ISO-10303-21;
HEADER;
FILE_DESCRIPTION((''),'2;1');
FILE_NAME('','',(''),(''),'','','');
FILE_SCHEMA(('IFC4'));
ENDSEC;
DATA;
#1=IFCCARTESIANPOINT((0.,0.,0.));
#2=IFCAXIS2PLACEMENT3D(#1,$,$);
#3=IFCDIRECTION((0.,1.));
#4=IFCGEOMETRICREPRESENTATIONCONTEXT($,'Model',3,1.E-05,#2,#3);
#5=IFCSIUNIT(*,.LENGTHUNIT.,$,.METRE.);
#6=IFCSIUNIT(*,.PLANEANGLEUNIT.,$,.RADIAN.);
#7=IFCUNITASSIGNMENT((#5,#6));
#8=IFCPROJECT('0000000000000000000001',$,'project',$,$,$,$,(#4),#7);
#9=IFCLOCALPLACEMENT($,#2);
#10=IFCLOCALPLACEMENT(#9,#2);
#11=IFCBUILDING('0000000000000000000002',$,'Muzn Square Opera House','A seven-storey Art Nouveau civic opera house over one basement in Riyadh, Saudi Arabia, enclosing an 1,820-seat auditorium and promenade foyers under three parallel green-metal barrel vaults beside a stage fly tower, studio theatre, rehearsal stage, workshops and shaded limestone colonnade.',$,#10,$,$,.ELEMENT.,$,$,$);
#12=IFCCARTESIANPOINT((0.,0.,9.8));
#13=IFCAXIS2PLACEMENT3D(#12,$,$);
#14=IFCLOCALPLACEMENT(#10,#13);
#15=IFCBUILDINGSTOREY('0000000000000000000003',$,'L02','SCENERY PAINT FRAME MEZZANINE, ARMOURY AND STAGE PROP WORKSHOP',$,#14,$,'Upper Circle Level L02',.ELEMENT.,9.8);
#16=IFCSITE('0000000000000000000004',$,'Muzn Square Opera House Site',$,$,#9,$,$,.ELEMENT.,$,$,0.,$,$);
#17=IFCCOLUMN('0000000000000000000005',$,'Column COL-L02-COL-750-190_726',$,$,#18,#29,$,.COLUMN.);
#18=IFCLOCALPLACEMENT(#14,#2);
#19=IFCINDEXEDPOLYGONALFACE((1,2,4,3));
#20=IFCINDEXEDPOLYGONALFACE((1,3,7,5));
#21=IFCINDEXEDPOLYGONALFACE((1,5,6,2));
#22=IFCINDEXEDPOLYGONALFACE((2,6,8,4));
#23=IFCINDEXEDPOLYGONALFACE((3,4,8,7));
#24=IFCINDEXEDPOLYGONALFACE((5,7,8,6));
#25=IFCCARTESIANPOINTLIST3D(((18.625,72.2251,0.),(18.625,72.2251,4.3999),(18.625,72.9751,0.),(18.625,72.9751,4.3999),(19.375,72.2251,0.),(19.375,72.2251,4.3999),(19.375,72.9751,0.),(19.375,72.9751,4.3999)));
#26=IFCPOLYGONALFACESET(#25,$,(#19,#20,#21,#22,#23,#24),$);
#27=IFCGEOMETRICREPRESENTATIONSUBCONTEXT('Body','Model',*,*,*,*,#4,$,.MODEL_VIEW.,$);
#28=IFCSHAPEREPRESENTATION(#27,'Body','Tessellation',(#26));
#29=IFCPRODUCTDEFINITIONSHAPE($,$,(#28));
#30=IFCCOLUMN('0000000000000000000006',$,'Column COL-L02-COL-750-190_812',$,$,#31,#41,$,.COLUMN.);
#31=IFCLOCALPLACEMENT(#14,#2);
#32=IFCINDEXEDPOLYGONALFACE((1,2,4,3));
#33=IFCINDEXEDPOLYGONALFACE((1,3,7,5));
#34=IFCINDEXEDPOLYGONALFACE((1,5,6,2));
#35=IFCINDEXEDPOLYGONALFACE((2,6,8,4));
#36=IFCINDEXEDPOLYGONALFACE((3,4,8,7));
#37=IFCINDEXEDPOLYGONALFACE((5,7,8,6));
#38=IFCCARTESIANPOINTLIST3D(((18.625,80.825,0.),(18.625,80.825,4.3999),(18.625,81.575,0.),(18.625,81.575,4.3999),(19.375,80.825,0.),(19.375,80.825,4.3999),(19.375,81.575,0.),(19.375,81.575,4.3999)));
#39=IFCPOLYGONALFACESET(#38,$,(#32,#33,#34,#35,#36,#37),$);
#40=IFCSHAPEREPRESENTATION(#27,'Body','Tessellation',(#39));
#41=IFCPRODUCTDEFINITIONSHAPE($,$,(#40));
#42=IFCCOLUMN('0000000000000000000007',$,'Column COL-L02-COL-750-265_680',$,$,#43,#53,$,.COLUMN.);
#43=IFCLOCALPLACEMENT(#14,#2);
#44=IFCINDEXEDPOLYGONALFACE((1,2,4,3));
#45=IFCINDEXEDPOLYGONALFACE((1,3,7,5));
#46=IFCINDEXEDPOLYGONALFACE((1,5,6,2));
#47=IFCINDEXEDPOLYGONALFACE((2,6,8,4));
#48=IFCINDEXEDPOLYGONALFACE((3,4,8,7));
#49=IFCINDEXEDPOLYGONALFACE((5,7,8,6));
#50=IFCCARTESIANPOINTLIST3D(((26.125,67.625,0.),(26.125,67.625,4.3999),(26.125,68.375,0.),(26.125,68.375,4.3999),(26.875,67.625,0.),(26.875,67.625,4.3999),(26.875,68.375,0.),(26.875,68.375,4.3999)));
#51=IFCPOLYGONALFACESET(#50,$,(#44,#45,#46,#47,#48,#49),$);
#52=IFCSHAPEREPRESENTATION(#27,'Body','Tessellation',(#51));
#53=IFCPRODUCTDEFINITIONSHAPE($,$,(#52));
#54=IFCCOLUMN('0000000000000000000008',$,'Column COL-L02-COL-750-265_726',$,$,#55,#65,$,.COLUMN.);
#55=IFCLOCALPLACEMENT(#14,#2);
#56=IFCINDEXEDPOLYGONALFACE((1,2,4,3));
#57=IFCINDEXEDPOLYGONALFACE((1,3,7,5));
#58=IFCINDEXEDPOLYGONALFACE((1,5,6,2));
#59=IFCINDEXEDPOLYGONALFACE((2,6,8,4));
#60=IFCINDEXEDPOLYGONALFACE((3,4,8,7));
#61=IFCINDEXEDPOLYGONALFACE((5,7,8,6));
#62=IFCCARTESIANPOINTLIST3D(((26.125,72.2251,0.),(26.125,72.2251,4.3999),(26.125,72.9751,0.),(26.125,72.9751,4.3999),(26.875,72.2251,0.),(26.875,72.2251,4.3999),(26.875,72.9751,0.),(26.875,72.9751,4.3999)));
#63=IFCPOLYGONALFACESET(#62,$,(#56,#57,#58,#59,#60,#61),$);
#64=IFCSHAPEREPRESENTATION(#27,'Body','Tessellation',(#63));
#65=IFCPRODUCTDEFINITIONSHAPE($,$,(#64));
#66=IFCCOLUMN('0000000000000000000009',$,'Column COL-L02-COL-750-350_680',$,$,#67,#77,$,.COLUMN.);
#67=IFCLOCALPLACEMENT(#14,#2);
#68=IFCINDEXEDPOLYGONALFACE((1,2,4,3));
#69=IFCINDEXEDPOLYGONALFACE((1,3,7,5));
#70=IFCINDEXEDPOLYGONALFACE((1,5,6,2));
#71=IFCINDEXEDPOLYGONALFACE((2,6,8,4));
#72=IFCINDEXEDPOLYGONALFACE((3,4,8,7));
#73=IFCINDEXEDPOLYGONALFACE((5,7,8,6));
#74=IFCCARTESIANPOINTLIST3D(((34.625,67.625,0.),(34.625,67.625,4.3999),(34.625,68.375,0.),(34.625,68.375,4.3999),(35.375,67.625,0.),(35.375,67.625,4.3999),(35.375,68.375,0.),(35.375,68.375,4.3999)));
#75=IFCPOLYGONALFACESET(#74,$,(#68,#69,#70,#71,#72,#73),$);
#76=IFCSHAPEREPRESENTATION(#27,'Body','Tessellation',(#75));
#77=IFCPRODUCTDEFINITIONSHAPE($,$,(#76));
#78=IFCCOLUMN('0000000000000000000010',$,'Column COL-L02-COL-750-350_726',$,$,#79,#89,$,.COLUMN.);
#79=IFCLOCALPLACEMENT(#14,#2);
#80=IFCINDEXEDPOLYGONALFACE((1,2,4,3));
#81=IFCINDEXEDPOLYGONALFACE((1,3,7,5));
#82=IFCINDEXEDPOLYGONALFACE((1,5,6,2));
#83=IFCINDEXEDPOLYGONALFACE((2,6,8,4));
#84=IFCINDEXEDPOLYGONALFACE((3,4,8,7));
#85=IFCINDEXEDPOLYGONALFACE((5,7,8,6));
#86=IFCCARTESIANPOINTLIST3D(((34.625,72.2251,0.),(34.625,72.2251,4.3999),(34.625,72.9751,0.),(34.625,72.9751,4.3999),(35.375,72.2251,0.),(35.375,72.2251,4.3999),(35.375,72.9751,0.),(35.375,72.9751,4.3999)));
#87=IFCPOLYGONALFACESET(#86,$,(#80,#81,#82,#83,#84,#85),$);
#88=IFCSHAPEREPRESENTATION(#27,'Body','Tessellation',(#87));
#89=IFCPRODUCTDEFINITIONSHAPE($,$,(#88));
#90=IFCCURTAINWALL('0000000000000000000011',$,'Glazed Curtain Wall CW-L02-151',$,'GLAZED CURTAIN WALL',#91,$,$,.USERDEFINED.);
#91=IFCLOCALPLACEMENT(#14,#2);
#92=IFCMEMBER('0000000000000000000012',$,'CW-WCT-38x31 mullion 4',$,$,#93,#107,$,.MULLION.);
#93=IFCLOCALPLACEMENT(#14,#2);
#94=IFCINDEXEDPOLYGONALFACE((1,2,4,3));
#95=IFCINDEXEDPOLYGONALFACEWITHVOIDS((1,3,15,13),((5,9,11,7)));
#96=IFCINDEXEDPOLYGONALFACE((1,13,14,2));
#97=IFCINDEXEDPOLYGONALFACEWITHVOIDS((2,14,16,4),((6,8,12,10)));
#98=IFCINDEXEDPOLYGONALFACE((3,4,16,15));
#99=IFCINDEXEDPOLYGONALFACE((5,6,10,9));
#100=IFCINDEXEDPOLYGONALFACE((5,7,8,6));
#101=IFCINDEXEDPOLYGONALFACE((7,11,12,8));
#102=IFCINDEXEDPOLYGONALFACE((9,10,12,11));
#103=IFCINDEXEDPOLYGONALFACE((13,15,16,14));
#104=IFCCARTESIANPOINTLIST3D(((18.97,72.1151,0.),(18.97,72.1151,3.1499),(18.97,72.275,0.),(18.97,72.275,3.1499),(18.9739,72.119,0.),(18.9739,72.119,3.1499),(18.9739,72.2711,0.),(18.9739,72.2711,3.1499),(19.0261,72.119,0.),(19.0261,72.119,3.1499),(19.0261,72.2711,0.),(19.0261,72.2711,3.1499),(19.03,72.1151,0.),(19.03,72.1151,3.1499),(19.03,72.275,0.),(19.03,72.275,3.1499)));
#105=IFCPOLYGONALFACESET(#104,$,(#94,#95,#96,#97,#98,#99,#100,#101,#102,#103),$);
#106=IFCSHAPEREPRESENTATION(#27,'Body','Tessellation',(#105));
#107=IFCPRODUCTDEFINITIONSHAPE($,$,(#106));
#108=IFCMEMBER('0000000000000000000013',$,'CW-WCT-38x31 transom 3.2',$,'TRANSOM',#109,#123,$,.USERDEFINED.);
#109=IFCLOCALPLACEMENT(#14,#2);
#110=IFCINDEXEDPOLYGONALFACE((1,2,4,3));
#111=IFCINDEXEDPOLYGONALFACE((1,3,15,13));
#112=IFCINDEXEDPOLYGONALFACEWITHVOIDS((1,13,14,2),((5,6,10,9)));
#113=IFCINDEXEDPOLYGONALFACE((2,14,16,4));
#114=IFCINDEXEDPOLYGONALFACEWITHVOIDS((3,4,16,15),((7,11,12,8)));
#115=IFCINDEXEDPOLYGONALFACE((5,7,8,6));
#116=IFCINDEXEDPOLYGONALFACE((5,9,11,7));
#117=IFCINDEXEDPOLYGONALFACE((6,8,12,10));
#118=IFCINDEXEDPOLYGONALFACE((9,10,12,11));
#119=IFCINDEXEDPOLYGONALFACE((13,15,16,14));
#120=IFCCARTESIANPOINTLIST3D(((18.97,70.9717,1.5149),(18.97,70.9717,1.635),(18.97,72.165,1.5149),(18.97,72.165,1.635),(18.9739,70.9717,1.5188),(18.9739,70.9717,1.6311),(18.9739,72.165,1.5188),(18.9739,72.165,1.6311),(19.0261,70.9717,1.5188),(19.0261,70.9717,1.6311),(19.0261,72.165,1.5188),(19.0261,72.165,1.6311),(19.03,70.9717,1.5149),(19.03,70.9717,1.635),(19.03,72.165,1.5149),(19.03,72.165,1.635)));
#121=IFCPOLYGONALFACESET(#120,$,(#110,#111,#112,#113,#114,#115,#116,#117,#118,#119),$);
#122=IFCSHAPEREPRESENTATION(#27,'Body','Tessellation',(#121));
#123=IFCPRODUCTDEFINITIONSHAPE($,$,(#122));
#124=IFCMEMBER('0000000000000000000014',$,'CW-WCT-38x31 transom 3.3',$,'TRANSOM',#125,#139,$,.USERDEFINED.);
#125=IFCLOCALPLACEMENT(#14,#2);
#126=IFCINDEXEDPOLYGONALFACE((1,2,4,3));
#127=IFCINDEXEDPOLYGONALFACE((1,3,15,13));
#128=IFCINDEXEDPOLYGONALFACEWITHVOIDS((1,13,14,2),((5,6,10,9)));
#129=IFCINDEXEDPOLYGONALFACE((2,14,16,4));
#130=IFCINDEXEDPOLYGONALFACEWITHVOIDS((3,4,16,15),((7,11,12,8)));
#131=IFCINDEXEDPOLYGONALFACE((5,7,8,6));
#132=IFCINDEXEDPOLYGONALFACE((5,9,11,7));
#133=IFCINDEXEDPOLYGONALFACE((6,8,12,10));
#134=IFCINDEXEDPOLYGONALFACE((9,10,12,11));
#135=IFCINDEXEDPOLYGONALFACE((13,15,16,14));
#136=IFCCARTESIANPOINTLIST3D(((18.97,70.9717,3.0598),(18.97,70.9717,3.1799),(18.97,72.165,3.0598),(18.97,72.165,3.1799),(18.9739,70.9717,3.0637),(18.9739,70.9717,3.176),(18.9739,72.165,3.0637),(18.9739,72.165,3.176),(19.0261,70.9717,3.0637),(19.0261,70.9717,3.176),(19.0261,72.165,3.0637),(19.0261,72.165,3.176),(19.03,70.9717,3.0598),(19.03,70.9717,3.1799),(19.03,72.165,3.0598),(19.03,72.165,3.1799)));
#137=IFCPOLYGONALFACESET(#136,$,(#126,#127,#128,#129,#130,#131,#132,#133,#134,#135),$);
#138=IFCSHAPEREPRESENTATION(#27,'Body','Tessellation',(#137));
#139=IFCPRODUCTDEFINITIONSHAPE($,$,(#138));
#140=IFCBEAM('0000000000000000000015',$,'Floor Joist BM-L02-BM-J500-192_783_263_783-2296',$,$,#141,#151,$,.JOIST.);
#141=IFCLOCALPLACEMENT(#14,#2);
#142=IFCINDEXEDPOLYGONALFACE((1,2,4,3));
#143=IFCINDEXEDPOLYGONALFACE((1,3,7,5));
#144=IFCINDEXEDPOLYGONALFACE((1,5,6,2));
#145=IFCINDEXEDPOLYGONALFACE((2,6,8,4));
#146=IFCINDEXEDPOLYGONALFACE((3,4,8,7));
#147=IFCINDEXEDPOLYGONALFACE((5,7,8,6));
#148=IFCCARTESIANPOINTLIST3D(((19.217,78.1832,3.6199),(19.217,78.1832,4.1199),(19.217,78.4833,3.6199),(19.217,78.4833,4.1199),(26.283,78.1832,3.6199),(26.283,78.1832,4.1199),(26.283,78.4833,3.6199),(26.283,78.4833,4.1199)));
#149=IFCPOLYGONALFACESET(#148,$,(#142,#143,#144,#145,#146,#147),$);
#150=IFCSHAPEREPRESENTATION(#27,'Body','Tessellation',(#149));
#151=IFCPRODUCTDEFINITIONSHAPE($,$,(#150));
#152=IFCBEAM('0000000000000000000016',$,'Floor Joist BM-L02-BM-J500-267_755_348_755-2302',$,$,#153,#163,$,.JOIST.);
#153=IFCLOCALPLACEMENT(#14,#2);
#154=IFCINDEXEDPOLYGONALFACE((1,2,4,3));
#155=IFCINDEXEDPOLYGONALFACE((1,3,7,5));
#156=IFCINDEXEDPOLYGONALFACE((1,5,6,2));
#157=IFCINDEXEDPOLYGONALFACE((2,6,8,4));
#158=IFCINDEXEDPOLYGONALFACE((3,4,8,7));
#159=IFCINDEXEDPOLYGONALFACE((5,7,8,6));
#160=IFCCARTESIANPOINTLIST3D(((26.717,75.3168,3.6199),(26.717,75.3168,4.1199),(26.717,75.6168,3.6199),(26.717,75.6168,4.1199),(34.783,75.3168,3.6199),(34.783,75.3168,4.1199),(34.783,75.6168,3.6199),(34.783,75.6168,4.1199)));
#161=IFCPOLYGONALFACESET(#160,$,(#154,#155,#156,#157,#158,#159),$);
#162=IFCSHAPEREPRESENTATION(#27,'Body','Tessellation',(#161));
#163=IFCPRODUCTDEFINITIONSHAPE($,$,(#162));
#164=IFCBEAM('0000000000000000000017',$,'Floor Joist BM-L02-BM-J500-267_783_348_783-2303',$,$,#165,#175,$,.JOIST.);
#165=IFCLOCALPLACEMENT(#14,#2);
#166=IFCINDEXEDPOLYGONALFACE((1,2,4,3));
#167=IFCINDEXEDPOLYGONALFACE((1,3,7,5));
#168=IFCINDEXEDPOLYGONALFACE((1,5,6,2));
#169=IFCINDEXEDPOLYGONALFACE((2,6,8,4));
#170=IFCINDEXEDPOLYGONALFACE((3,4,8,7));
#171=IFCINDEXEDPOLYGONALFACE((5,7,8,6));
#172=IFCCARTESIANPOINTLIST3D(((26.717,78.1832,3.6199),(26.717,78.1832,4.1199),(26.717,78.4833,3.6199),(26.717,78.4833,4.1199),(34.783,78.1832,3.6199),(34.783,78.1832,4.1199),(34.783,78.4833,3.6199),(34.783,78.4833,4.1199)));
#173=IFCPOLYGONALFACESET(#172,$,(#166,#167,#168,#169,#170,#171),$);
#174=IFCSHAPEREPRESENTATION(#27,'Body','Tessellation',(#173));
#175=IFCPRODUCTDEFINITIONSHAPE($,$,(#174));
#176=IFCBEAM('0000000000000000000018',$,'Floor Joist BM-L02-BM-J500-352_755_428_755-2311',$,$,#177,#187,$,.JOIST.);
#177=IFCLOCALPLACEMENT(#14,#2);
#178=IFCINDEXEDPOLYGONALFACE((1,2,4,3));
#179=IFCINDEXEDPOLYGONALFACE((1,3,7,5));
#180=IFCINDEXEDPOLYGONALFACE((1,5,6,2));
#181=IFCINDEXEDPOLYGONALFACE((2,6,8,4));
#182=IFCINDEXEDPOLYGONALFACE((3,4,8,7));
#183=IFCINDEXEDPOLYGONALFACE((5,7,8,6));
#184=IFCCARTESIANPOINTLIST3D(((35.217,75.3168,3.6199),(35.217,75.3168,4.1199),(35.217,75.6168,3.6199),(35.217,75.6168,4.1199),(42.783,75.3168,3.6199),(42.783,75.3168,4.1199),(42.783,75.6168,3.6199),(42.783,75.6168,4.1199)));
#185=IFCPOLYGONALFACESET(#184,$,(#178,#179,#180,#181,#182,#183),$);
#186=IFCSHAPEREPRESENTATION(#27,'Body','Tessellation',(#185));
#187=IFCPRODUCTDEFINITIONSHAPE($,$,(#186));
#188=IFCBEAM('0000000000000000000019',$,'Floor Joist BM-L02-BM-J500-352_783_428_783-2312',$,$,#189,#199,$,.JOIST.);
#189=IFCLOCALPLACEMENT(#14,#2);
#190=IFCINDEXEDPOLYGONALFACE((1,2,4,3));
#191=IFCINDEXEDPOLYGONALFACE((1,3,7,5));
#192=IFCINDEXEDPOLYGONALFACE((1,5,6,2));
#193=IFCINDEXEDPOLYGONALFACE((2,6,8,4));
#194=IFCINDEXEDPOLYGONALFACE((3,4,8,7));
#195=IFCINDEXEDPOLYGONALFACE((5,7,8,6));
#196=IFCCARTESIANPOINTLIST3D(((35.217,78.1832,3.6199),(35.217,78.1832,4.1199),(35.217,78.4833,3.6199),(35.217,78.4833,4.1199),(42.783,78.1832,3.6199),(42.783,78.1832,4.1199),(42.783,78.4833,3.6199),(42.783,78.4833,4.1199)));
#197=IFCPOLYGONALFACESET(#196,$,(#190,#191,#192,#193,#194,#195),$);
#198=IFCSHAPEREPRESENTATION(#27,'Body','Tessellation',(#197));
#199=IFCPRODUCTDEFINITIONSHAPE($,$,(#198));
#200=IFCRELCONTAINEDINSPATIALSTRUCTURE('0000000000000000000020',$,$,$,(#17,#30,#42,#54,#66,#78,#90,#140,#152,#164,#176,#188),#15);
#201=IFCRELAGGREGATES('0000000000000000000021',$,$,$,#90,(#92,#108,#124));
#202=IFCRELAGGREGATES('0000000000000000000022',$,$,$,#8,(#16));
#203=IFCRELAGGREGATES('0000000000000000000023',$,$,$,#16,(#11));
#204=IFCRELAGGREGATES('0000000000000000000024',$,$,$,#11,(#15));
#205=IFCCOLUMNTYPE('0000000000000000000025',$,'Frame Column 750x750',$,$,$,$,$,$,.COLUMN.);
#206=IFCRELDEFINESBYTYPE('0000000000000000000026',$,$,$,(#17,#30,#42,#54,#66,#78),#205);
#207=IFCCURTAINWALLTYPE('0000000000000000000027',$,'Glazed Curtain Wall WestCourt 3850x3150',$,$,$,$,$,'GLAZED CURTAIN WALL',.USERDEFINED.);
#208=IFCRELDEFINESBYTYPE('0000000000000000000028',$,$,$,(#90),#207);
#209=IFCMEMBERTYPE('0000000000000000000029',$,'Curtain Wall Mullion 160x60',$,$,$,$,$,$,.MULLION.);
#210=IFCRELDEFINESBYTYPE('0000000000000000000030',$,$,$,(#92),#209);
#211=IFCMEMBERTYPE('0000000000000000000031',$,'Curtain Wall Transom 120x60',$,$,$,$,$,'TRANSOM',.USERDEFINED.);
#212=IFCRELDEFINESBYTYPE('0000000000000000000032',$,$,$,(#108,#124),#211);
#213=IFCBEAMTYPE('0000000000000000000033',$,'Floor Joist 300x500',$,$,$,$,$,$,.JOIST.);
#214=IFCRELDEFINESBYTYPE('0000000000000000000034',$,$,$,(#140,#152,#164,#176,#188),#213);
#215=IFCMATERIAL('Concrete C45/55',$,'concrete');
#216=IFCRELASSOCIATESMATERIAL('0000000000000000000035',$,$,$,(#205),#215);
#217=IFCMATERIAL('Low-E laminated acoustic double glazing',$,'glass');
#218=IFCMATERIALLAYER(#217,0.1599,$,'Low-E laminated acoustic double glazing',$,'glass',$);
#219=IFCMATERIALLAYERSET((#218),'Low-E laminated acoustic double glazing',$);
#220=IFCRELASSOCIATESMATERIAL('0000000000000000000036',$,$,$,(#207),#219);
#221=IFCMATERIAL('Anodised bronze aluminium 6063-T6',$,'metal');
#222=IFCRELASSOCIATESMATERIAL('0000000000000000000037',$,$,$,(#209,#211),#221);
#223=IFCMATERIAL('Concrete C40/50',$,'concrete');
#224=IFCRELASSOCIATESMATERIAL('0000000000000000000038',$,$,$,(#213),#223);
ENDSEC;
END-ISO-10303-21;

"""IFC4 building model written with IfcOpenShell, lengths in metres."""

from ifc_helpers import new_model, si_unit, direction, frame, origin, origin_2d, place, context, subcontext, project, spatial, rectangle, hollow_rectangle, extrude, material, layer, layer_set, material_profile, profile_set, type_object, element, aggregate, save


model = new_model("IFC4")

# Units and contexts
model_context = context("Model", 3, precision=1e-05, world=origin(), true_north=direction((0.0, 1.0)))
body_context = subcontext(model_context, "Body", "Model", "MODEL_VIEW")
ifc_project = project(units=[si_unit("LENGTHUNIT", "METRE"), si_unit("PLANEANGLEUNIT", "RADIAN")], contexts=[model_context])

# Site, building, storey
site_placement = place(None, origin())
site = spatial("IfcSite", under=ifc_project, at=site_placement, Name="Muzn Square Opera House Site", CompositionType="ELEMENT", RefElevation=0.0)
building_placement = place(site_placement, origin())
building = spatial("IfcBuilding", under=site, at=building_placement, Name="Muzn Square Opera House", Description="A seven-storey Art Nouveau civic opera house over one basement in Riyadh, Saudi Arabia, enclosing an 1,820-seat auditorium and promenade foyers under three parallel green-metal barrel vaults beside a stage fly tower, studio theatre, rehearsal stage, workshops and shaded limestone colonnade.", CompositionType="ELEMENT")
storey_placement = place(building_placement, frame((0.0, 0.0, 9.8)))
storey = spatial("IfcBuildingStorey", under=building, at=storey_placement, Name="L02", Description="SCENERY PAINT FRAME MEZZANINE, ARMOURY AND STAGE PROP WORKSHOP", LongName="Upper Circle Level L02", CompositionType="ELEMENT", Elevation=9.8)

# Columns
ifc_material_1 = material(Name="Concrete C45/55", Category="concrete")
ifc_material_profile_1 = material_profile(ifc_material_1, rectangle(XDim=0.75, YDim=0.75, at=origin_2d()), Name="RC 750x750", Category="concrete")
ifc_profile_set_1 = profile_set([ifc_material_profile_1], Name="Concrete C45/55")
column_type = type_object("IfcColumnType", Name="Frame Column 750x750", PredefinedType="COLUMN", material=ifc_profile_set_1)
for number, where, z_axis, x_axis, name in (
    (1, (19.0, 72.6001, 0.0), (0.0, 0.0, 1.0), (1.0, 0.0, 0.0), "Column COL-L02-COL-750-190_726"),
    (2, (19.0, 81.2, 0.0), (0.0, 0.0, 1.0), (1.0, 0.0, 0.0), "Column COL-L02-COL-750-190_812"),
    (3, (26.5, 68.0, 0.0), (0.0, 0.0, 1.0), (1.0, 0.0, 0.0), "Column COL-L02-COL-750-265_680"),
    (4, (26.5, 72.6001, 0.0), (0.0, 0.0, 1.0), (1.0, 0.0, 0.0), "Column COL-L02-COL-750-265_726"),
    (5, (35.0, 68.0, 0.0), (0.0, 0.0, 1.0), (1.0, 0.0, 0.0), "Column COL-L02-COL-750-350_680"),
    (6, (35.0, 72.6001, 0.0), (0.0, 0.0, 1.0), (1.0, 0.0, 0.0), "Column COL-L02-COL-750-350_726"),
):
    element("IfcColumn", number, at=place(storey_placement, frame(where, z_axis=z_axis, x_axis=x_axis)), inside=storey, type_object=column_type, Name=name, PredefinedType="COLUMN", context=body_context, shape_type="SweptSolid", body=[
        extrude(rectangle(XDim=0.75, YDim=0.75, at=origin_2d()), origin(), (0.0, 0.0, 1.0), 4.3999),
    ])

# Curtain wall, members
ifc_material_2 = material(Name="Low-E laminated acoustic double glazing", Category="glass")
ifc_layer_1 = layer(ifc_material_2, 0.1599, Name="Low-E laminated acoustic double glazing", Category="glass")
ifc_layer_set_1 = layer_set([ifc_layer_1], Name="Low-E laminated acoustic double glazing")
curtain_wall_type = type_object("IfcCurtainWallType", Name="Glazed Curtain Wall WestCourt 3850x3150", ElementType="GLAZED CURTAIN WALL", PredefinedType="USERDEFINED", material=ifc_layer_set_1)
curtain_wall_placement = place(storey_placement, origin())
curtain_wall = element("IfcCurtainWall", 7, at=curtain_wall_placement, inside=storey, type_object=curtain_wall_type, Name="Glazed Curtain Wall CW-L02-151", ObjectType="GLAZED CURTAIN WALL", PredefinedType="USERDEFINED")
ifc_material_3 = material(Name="Anodised bronze aluminium 6063-T6", Category="metal")
ifc_material_profile_2 = material_profile(ifc_material_3, hollow_rectangle(XDim=0.0601, YDim=0.1599, WallThickness=0.0039, at=origin_2d()), Name="ALU 160x60x4", Category="metal")
ifc_profile_set_2 = profile_set([ifc_material_profile_2], Name="Anodised bronze aluminium 6063-T6")
member_type_1 = type_object("IfcMemberType", Name="Curtain Wall Mullion 160x60", PredefinedType="MULLION", material=ifc_profile_set_2)
member_1_placement = place(storey_placement, frame((19.0, 72.1951, 0.0), z_axis=(0.0, 0.0, 1.0), x_axis=(-1.0, 0.0, 0.0)))
member_1 = element("IfcMember", 8, at=member_1_placement, type_object=member_type_1, Name="CW-WCT-38x31 mullion 4", PredefinedType="MULLION", context=body_context, shape_type="SweptSolid", body=[
    extrude(hollow_rectangle(XDim=0.0601, YDim=0.1599, WallThickness=0.0039, at=origin_2d()), origin(), (0.0, 0.0, 1.0), 3.1499),
])
ifc_material_profile_3 = material_profile(ifc_material_3, hollow_rectangle(XDim=0.0601, YDim=0.1201, WallThickness=0.0039, at=origin_2d()), Name="ALU 120x60x4", Category="metal")
ifc_profile_set_3 = profile_set([ifc_material_profile_3], Name="Anodised bronze aluminium 6063-T6")
member_type_2 = type_object("IfcMemberType", Name="Curtain Wall Transom 120x60", ElementType="TRANSOM", PredefinedType="USERDEFINED", material=ifc_profile_set_3)
member_2_placement = place(storey_placement, frame((19.0, 70.9717, 1.575), z_axis=(0.0, 1.0, 0.0), x_axis=(-1.0, 0.0, 0.0)))
member_2 = element("IfcMember", 9, at=member_2_placement, type_object=member_type_2, Name="CW-WCT-38x31 transom 3.2", ObjectType="TRANSOM", PredefinedType="USERDEFINED", context=body_context, shape_type="SweptSolid", body=[
    extrude(hollow_rectangle(XDim=0.0601, YDim=0.1201, WallThickness=0.0039, at=origin_2d()), origin(), (0.0, 0.0, 1.0), 1.1934),
])
member_3_placement = place(storey_placement, frame((19.0, 70.9717, 3.1199), z_axis=(0.0, 1.0, 0.0), x_axis=(-1.0, 0.0, 0.0)))
member_3 = element("IfcMember", 10, at=member_3_placement, type_object=member_type_2, Name="CW-WCT-38x31 transom 3.3", ObjectType="TRANSOM", PredefinedType="USERDEFINED", context=body_context, shape_type="SweptSolid", body=[
    extrude(hollow_rectangle(XDim=0.0601, YDim=0.1201, WallThickness=0.0039, at=origin_2d()), origin(), (0.0, 0.0, 1.0), 1.1934),
])

# Beams
ifc_material_4 = material(Name="Concrete C40/50", Category="concrete")
ifc_material_profile_4 = material_profile(ifc_material_4, rectangle(XDim=0.3, YDim=0.5, at=origin_2d()), Name="RCJ 300x500", Category="concrete")
ifc_profile_set_4 = profile_set([ifc_material_profile_4], Name="Concrete C40/50")
beam_type_1 = type_object("IfcBeamType", Name="Floor Joist 300x500", PredefinedType="JOIST", material=ifc_profile_set_4)
beam_1_placement = place(storey_placement, frame((19.217, 78.3333, 3.8699), z_axis=(1.0, 0.0, 0.0), x_axis=(0.0, 1.0, 0.0)))
element("IfcBeam", 11, at=beam_1_placement, inside=storey, type_object=beam_type_1, Name="Floor Joist BM-L02-BM-J500-192_783_263_783-2296", PredefinedType="JOIST", context=body_context, shape_type="SweptSolid", body=[
    extrude(rectangle(XDim=0.3, YDim=0.5, at=origin_2d()), origin(), (0.0, 0.0, 1.0), 7.0659),
])
for number, where, z_axis, x_axis, name in (
    (12, (26.717, 75.4668, 3.8699), (1.0, 0.0, 0.0), (0.0, 1.0, 0.0), "Floor Joist BM-L02-BM-J500-267_755_348_755-2302"),
    (13, (26.717, 78.3333, 3.8699), (1.0, 0.0, 0.0), (0.0, 1.0, 0.0), "Floor Joist BM-L02-BM-J500-267_783_348_783-2303"),
):
    element("IfcBeam", number, at=place(storey_placement, frame(where, z_axis=z_axis, x_axis=x_axis)), inside=storey, type_object=beam_type_1, Name=name, PredefinedType="JOIST", context=body_context, shape_type="SweptSolid", body=[
        extrude(rectangle(XDim=0.3, YDim=0.5, at=origin_2d()), origin(), (0.0, 0.0, 1.0), 8.0659),
    ])
for number, where, z_axis, x_axis, name in (
    (14, (35.217, 75.4668, 3.8699), (1.0, 0.0, 0.0), (0.0, 1.0, 0.0), "Floor Joist BM-L02-BM-J500-352_755_428_755-2311"),
    (15, (35.217, 78.3333, 3.8699), (1.0, 0.0, 0.0), (0.0, 1.0, 0.0), "Floor Joist BM-L02-BM-J500-352_783_428_783-2312"),
):
    element("IfcBeam", number, at=place(storey_placement, frame(where, z_axis=z_axis, x_axis=x_axis)), inside=storey, type_object=beam_type_1, Name=name, PredefinedType="JOIST", context=body_context, shape_type="SweptSolid", body=[
        extrude(rectangle(XDim=0.3, YDim=0.5, at=origin_2d()), origin(), (0.0, 0.0, 1.0), 7.5659),
    ])

aggregate(curtain_wall, [member_1, member_2, member_3])

save(model, "model.ifc")
